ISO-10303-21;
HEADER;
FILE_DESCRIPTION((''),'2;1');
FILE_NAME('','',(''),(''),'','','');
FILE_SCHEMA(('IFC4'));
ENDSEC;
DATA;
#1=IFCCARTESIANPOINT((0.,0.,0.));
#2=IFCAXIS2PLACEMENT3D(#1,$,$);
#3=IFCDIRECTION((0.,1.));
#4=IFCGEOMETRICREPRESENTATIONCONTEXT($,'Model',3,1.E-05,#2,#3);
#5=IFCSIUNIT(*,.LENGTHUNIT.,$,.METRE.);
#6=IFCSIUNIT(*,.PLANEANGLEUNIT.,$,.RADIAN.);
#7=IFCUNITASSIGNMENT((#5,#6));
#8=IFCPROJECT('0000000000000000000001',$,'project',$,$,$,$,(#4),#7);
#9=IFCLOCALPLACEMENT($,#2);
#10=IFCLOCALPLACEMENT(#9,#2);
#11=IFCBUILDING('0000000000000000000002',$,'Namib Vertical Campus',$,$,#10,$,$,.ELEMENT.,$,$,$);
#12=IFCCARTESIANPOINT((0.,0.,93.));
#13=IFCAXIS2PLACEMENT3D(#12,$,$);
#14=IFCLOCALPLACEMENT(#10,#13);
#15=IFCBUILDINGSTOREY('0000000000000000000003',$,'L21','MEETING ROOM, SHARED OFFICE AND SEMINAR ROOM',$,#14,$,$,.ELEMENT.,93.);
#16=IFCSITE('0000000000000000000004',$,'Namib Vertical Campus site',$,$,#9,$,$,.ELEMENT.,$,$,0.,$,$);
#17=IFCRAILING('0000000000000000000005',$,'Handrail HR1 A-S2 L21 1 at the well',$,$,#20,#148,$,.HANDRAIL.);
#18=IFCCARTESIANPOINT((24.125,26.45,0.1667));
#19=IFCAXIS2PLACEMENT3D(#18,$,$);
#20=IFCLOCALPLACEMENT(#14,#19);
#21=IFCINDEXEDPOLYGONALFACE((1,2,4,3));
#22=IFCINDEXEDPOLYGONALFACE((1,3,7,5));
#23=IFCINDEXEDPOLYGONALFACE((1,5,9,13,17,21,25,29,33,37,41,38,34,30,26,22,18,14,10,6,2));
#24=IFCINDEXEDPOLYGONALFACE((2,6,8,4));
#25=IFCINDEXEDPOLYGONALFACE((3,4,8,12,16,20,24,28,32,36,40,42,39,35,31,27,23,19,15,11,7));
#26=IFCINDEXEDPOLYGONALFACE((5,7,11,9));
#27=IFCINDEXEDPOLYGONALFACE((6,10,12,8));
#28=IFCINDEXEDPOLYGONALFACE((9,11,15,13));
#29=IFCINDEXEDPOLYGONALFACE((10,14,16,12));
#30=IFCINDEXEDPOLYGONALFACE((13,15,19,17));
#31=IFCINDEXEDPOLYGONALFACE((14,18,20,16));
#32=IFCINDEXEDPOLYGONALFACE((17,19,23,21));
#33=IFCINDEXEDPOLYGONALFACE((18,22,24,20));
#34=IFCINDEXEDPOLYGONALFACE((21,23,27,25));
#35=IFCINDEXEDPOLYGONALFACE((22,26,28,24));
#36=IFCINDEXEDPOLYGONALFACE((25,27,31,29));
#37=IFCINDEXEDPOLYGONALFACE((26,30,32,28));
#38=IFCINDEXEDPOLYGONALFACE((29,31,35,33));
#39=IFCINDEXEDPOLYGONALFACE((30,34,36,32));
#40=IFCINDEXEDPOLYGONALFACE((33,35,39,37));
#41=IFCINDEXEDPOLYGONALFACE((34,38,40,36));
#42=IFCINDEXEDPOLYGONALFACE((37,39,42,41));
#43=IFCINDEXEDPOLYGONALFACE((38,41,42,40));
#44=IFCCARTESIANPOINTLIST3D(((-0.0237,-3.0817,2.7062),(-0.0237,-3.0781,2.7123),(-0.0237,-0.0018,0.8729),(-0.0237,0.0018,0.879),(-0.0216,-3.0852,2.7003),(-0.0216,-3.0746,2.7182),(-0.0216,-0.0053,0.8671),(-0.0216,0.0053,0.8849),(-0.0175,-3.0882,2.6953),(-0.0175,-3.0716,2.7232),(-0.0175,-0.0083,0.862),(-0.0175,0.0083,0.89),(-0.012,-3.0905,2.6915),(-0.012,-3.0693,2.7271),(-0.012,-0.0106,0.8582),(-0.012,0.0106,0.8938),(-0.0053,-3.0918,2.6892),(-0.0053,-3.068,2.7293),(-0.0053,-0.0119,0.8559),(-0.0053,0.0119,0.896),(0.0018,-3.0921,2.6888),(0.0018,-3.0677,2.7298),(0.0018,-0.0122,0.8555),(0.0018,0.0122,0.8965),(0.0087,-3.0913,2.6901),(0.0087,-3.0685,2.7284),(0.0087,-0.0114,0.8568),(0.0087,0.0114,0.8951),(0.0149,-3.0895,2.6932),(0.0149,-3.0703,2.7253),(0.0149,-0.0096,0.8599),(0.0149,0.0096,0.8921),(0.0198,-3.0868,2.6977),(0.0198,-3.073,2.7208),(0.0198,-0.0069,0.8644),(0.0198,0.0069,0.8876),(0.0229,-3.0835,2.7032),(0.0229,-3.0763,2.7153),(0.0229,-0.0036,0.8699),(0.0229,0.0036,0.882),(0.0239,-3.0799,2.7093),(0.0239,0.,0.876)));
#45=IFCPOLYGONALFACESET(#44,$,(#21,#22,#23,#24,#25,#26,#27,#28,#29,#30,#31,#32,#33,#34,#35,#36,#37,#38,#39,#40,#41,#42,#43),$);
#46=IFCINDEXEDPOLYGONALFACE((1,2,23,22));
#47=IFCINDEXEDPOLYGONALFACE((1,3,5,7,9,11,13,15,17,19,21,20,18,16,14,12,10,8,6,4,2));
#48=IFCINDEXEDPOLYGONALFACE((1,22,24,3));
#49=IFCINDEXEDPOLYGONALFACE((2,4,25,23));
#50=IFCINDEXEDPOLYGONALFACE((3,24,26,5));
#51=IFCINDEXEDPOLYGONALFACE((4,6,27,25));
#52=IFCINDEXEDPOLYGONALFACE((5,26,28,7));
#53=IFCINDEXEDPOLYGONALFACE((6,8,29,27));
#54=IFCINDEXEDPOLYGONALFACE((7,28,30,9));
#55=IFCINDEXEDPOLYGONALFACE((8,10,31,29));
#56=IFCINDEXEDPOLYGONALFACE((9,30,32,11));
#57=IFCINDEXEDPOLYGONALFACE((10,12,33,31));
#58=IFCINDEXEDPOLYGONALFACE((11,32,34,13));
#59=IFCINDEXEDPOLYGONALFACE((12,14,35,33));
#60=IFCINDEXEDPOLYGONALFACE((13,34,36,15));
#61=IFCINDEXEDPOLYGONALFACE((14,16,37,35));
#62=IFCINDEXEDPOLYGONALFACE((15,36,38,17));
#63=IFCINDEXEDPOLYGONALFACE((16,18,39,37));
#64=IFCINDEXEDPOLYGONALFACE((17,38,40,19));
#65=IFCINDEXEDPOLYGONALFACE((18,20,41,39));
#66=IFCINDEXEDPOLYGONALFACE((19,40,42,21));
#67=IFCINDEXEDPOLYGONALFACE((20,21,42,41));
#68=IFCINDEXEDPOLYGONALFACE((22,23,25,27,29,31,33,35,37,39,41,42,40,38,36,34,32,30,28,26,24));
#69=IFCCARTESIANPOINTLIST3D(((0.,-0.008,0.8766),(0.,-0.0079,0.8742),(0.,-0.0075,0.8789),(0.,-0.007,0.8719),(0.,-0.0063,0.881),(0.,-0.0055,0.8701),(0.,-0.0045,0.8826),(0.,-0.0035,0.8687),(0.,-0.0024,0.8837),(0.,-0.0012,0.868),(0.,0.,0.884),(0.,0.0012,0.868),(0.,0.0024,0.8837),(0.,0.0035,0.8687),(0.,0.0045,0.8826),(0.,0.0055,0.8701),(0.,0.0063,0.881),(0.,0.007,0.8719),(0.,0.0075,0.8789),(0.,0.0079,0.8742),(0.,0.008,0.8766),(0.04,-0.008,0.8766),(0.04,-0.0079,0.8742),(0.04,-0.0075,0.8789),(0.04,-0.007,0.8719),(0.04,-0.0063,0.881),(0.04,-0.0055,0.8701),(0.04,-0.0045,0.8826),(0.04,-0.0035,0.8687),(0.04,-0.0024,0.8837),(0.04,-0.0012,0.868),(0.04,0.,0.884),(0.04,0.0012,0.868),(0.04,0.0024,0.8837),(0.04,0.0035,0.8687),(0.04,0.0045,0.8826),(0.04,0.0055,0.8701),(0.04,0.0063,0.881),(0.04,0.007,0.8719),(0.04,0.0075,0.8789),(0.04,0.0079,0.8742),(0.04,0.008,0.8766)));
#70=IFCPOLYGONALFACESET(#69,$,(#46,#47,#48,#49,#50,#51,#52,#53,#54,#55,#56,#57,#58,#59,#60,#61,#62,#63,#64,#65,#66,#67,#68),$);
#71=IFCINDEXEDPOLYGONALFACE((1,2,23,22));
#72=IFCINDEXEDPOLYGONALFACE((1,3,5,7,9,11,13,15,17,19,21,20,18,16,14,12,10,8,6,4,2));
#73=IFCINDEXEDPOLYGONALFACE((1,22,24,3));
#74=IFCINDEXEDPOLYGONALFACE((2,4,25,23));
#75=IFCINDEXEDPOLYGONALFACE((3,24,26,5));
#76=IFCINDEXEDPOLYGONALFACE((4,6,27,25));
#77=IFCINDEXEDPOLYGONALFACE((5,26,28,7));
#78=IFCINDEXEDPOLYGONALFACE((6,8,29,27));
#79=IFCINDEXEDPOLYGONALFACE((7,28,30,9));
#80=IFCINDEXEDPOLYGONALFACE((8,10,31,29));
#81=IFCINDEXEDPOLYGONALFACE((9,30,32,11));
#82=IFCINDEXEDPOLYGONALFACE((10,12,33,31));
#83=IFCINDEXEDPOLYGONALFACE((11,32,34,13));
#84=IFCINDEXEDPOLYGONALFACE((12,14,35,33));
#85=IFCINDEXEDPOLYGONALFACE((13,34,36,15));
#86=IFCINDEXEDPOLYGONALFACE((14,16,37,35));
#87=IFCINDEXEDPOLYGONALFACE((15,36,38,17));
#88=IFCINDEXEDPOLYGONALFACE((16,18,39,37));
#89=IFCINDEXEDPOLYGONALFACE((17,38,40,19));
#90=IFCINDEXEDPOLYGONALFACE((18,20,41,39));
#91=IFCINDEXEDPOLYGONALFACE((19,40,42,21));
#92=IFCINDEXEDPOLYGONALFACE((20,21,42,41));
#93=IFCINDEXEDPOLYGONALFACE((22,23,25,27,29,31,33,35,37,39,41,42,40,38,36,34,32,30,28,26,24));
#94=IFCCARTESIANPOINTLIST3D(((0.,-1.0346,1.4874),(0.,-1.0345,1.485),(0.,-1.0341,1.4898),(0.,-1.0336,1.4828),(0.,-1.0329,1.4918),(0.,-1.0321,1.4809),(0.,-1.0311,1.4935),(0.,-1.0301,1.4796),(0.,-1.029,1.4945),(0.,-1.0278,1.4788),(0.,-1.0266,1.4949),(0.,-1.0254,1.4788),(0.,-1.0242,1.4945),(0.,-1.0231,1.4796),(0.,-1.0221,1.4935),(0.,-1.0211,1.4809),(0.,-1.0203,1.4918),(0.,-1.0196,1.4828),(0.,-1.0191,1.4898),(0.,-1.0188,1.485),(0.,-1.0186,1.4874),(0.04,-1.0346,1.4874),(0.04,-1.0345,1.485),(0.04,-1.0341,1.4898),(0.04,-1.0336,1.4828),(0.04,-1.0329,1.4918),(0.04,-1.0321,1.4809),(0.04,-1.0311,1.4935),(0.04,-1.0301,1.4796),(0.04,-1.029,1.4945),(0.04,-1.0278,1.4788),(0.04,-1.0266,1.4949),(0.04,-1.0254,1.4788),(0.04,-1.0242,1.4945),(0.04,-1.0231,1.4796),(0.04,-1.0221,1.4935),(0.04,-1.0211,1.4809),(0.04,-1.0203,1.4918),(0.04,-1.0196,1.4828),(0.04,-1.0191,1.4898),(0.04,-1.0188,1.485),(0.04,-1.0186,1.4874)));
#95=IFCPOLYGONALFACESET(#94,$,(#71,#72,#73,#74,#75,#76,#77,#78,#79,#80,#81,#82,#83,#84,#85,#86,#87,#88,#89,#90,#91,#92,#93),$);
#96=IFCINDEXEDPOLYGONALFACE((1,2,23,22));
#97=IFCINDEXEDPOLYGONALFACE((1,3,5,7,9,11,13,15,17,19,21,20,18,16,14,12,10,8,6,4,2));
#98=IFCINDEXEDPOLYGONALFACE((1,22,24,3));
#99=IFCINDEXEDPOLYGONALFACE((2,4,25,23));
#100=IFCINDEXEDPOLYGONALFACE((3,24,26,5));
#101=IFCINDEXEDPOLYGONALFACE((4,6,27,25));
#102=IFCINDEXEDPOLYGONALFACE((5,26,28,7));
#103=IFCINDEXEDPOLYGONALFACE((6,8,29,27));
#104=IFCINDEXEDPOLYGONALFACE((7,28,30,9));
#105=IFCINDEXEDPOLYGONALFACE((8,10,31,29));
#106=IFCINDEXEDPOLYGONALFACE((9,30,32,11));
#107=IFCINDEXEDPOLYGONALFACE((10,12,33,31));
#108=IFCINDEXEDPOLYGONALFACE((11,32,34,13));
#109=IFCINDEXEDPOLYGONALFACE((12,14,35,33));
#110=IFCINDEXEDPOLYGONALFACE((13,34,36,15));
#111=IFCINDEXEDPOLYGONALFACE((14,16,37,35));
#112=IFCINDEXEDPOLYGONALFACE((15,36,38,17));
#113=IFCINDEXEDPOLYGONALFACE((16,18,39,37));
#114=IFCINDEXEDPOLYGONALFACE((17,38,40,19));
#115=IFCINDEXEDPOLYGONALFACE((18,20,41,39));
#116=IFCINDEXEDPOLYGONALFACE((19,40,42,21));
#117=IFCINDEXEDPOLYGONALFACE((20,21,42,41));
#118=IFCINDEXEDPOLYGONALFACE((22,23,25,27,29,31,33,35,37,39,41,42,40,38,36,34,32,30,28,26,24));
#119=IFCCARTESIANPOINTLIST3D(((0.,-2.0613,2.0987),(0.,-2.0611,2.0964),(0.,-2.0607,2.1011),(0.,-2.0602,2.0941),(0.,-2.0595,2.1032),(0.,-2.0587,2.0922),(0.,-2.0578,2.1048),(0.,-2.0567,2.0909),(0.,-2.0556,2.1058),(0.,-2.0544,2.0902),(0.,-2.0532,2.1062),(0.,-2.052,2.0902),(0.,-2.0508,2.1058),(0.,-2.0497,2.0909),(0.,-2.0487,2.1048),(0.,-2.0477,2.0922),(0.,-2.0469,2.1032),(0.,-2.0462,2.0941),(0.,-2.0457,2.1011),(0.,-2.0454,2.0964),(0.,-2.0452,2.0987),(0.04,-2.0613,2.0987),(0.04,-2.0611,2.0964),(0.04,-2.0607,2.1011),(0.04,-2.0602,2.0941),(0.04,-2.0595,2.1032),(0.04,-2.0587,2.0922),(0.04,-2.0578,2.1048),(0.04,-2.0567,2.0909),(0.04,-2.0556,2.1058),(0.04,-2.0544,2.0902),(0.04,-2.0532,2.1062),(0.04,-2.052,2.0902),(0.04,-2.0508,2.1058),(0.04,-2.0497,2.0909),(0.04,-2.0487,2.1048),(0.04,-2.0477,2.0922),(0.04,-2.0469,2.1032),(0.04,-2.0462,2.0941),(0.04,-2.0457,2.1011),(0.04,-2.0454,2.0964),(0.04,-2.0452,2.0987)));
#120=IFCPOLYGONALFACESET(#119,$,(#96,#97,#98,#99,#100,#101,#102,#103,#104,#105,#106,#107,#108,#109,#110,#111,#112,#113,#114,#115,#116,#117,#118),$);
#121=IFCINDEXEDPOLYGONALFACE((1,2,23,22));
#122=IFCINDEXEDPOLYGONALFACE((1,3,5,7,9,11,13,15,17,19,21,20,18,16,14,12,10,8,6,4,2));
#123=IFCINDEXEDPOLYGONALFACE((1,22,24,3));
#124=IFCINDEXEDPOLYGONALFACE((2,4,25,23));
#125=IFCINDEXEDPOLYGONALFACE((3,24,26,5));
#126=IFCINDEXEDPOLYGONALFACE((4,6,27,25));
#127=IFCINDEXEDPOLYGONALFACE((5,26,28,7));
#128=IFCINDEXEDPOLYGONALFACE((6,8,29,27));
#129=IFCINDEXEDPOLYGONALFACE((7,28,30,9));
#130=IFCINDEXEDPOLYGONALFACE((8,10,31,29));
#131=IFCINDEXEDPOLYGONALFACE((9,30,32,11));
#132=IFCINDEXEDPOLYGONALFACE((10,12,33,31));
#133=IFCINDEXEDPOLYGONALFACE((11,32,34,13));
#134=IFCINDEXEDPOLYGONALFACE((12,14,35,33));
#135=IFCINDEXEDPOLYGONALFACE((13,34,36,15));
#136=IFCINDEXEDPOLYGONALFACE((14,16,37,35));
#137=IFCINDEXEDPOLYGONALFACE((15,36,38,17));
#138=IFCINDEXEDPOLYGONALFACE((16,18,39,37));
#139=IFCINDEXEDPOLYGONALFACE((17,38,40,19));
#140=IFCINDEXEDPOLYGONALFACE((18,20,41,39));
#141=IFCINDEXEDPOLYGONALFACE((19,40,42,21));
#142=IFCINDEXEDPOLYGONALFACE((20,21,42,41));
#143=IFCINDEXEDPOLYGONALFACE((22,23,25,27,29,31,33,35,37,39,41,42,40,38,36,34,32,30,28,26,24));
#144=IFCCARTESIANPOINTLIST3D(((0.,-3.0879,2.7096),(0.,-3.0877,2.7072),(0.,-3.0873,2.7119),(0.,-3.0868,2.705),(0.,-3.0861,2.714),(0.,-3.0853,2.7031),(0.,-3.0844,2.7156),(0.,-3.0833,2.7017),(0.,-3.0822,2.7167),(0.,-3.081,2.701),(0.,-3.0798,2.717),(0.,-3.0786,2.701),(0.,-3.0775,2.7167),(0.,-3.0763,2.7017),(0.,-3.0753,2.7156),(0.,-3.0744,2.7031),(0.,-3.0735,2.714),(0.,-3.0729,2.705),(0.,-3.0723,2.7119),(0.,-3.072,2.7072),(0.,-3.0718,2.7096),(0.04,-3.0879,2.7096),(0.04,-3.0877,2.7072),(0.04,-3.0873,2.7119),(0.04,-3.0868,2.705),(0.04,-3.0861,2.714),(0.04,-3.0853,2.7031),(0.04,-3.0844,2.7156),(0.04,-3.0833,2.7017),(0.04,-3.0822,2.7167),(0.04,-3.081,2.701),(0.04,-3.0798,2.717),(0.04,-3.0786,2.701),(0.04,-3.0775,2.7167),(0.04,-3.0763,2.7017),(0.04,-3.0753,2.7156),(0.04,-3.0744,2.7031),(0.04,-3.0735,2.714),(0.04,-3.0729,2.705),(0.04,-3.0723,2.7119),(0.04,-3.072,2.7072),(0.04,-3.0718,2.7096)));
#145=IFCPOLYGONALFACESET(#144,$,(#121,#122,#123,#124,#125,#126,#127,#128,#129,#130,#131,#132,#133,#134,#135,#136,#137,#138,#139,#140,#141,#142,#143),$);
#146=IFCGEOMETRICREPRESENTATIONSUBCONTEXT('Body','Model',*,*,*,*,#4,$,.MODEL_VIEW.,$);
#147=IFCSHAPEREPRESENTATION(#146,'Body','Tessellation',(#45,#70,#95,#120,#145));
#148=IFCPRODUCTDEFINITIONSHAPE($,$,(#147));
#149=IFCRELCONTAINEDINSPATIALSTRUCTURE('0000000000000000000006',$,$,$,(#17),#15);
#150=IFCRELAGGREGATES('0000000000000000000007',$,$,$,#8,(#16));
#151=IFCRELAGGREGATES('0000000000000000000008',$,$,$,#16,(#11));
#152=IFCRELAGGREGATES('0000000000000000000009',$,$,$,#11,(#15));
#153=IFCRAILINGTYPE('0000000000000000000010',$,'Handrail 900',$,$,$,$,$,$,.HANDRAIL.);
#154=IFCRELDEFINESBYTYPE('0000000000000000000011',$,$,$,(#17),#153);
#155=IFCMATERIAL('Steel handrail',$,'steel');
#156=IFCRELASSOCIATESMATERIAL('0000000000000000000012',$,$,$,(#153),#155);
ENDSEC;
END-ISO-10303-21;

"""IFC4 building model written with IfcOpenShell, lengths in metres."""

from ifc_helpers import new_model, si_unit, direction, frame, origin, origin_2d, place, context, subcontext, project, spatial, circle, extrude, material, type_object, element, save


model = new_model("IFC4")

# Units and contexts
model_context = context("Model", 3, precision=1e-05, world=origin(), true_north=direction((0.0, 1.0)))
body_context = subcontext(model_context, "Body", "Model", "MODEL_VIEW")
ifc_project = project(units=[si_unit("LENGTHUNIT", "METRE"), si_unit("PLANEANGLEUNIT", "RADIAN")], contexts=[model_context])

# Site, building, storey
site_placement = place(None, origin())
site = spatial("IfcSite", under=ifc_project, at=site_placement, Name="Namib Vertical Campus site", CompositionType="ELEMENT", RefElevation=0.0)
building_placement = place(site_placement, origin())
building = spatial("IfcBuilding", under=site, at=building_placement, Name="Namib Vertical Campus", CompositionType="ELEMENT")
storey_placement = place(building_placement, frame((0.0, 0.0, 93.0)))
storey = spatial("IfcBuildingStorey", under=building, at=storey_placement, Name="L21", Description="MEETING ROOM, SHARED OFFICE AND SEMINAR ROOM", CompositionType="ELEMENT", Elevation=93.0)

# Railing
ifc_material_1 = material(Name="Steel handrail", Category="steel")
railing_type_1 = type_object("IfcRailingType", Name="Handrail 900", PredefinedType="HANDRAIL", material=ifc_material_1)
railing_1_placement = place(storey_placement, frame((24.125, 26.45, 0.1667)))
element("IfcRailing", 1, at=railing_1_placement, inside=storey, type_object=railing_type_1, Name="Handrail HR1 A-S2 L21 1 at the well", PredefinedType="HANDRAIL", context=body_context, shape_type="SweptSolid", body=[
    extrude(circle(Radius=0.0239, at=origin_2d()), frame((0.0, 0.0, 0.876), z_axis=(0.0, -0.859291, 0.511487), x_axis=(1.0, 0.0, 0.0)), (0.0, 0.0, 1.0), 3.5842),
    extrude(circle(Radius=0.0081, at=origin_2d()), frame((0.0, 0.0, 0.876), z_axis=(1.0, 0.0, 0.0), x_axis=(0.0, 0.0, 1.0)), (0.0, 0.0, 1.0), 0.04),
    extrude(circle(Radius=0.0081, at=origin_2d()), frame((0.0, -1.0266, 1.4868), z_axis=(1.0, 0.0, 0.0), x_axis=(0.0, 0.0, 1.0)), (0.0, 0.0, 1.0), 0.04),
    extrude(circle(Radius=0.0081, at=origin_2d()), frame((0.0, -2.0532, 2.0981), z_axis=(1.0, 0.0, 0.0), x_axis=(0.0, 0.0, 1.0)), (0.0, 0.0, 1.0), 0.04),
    extrude(circle(Radius=0.0081, at=origin_2d()), frame((0.0, -3.0798, 2.709), z_axis=(1.0, 0.0, 0.0), x_axis=(0.0, 0.0, 1.0)), (0.0, 0.0, 1.0), 0.04),
])

save(model, "model.ifc")
